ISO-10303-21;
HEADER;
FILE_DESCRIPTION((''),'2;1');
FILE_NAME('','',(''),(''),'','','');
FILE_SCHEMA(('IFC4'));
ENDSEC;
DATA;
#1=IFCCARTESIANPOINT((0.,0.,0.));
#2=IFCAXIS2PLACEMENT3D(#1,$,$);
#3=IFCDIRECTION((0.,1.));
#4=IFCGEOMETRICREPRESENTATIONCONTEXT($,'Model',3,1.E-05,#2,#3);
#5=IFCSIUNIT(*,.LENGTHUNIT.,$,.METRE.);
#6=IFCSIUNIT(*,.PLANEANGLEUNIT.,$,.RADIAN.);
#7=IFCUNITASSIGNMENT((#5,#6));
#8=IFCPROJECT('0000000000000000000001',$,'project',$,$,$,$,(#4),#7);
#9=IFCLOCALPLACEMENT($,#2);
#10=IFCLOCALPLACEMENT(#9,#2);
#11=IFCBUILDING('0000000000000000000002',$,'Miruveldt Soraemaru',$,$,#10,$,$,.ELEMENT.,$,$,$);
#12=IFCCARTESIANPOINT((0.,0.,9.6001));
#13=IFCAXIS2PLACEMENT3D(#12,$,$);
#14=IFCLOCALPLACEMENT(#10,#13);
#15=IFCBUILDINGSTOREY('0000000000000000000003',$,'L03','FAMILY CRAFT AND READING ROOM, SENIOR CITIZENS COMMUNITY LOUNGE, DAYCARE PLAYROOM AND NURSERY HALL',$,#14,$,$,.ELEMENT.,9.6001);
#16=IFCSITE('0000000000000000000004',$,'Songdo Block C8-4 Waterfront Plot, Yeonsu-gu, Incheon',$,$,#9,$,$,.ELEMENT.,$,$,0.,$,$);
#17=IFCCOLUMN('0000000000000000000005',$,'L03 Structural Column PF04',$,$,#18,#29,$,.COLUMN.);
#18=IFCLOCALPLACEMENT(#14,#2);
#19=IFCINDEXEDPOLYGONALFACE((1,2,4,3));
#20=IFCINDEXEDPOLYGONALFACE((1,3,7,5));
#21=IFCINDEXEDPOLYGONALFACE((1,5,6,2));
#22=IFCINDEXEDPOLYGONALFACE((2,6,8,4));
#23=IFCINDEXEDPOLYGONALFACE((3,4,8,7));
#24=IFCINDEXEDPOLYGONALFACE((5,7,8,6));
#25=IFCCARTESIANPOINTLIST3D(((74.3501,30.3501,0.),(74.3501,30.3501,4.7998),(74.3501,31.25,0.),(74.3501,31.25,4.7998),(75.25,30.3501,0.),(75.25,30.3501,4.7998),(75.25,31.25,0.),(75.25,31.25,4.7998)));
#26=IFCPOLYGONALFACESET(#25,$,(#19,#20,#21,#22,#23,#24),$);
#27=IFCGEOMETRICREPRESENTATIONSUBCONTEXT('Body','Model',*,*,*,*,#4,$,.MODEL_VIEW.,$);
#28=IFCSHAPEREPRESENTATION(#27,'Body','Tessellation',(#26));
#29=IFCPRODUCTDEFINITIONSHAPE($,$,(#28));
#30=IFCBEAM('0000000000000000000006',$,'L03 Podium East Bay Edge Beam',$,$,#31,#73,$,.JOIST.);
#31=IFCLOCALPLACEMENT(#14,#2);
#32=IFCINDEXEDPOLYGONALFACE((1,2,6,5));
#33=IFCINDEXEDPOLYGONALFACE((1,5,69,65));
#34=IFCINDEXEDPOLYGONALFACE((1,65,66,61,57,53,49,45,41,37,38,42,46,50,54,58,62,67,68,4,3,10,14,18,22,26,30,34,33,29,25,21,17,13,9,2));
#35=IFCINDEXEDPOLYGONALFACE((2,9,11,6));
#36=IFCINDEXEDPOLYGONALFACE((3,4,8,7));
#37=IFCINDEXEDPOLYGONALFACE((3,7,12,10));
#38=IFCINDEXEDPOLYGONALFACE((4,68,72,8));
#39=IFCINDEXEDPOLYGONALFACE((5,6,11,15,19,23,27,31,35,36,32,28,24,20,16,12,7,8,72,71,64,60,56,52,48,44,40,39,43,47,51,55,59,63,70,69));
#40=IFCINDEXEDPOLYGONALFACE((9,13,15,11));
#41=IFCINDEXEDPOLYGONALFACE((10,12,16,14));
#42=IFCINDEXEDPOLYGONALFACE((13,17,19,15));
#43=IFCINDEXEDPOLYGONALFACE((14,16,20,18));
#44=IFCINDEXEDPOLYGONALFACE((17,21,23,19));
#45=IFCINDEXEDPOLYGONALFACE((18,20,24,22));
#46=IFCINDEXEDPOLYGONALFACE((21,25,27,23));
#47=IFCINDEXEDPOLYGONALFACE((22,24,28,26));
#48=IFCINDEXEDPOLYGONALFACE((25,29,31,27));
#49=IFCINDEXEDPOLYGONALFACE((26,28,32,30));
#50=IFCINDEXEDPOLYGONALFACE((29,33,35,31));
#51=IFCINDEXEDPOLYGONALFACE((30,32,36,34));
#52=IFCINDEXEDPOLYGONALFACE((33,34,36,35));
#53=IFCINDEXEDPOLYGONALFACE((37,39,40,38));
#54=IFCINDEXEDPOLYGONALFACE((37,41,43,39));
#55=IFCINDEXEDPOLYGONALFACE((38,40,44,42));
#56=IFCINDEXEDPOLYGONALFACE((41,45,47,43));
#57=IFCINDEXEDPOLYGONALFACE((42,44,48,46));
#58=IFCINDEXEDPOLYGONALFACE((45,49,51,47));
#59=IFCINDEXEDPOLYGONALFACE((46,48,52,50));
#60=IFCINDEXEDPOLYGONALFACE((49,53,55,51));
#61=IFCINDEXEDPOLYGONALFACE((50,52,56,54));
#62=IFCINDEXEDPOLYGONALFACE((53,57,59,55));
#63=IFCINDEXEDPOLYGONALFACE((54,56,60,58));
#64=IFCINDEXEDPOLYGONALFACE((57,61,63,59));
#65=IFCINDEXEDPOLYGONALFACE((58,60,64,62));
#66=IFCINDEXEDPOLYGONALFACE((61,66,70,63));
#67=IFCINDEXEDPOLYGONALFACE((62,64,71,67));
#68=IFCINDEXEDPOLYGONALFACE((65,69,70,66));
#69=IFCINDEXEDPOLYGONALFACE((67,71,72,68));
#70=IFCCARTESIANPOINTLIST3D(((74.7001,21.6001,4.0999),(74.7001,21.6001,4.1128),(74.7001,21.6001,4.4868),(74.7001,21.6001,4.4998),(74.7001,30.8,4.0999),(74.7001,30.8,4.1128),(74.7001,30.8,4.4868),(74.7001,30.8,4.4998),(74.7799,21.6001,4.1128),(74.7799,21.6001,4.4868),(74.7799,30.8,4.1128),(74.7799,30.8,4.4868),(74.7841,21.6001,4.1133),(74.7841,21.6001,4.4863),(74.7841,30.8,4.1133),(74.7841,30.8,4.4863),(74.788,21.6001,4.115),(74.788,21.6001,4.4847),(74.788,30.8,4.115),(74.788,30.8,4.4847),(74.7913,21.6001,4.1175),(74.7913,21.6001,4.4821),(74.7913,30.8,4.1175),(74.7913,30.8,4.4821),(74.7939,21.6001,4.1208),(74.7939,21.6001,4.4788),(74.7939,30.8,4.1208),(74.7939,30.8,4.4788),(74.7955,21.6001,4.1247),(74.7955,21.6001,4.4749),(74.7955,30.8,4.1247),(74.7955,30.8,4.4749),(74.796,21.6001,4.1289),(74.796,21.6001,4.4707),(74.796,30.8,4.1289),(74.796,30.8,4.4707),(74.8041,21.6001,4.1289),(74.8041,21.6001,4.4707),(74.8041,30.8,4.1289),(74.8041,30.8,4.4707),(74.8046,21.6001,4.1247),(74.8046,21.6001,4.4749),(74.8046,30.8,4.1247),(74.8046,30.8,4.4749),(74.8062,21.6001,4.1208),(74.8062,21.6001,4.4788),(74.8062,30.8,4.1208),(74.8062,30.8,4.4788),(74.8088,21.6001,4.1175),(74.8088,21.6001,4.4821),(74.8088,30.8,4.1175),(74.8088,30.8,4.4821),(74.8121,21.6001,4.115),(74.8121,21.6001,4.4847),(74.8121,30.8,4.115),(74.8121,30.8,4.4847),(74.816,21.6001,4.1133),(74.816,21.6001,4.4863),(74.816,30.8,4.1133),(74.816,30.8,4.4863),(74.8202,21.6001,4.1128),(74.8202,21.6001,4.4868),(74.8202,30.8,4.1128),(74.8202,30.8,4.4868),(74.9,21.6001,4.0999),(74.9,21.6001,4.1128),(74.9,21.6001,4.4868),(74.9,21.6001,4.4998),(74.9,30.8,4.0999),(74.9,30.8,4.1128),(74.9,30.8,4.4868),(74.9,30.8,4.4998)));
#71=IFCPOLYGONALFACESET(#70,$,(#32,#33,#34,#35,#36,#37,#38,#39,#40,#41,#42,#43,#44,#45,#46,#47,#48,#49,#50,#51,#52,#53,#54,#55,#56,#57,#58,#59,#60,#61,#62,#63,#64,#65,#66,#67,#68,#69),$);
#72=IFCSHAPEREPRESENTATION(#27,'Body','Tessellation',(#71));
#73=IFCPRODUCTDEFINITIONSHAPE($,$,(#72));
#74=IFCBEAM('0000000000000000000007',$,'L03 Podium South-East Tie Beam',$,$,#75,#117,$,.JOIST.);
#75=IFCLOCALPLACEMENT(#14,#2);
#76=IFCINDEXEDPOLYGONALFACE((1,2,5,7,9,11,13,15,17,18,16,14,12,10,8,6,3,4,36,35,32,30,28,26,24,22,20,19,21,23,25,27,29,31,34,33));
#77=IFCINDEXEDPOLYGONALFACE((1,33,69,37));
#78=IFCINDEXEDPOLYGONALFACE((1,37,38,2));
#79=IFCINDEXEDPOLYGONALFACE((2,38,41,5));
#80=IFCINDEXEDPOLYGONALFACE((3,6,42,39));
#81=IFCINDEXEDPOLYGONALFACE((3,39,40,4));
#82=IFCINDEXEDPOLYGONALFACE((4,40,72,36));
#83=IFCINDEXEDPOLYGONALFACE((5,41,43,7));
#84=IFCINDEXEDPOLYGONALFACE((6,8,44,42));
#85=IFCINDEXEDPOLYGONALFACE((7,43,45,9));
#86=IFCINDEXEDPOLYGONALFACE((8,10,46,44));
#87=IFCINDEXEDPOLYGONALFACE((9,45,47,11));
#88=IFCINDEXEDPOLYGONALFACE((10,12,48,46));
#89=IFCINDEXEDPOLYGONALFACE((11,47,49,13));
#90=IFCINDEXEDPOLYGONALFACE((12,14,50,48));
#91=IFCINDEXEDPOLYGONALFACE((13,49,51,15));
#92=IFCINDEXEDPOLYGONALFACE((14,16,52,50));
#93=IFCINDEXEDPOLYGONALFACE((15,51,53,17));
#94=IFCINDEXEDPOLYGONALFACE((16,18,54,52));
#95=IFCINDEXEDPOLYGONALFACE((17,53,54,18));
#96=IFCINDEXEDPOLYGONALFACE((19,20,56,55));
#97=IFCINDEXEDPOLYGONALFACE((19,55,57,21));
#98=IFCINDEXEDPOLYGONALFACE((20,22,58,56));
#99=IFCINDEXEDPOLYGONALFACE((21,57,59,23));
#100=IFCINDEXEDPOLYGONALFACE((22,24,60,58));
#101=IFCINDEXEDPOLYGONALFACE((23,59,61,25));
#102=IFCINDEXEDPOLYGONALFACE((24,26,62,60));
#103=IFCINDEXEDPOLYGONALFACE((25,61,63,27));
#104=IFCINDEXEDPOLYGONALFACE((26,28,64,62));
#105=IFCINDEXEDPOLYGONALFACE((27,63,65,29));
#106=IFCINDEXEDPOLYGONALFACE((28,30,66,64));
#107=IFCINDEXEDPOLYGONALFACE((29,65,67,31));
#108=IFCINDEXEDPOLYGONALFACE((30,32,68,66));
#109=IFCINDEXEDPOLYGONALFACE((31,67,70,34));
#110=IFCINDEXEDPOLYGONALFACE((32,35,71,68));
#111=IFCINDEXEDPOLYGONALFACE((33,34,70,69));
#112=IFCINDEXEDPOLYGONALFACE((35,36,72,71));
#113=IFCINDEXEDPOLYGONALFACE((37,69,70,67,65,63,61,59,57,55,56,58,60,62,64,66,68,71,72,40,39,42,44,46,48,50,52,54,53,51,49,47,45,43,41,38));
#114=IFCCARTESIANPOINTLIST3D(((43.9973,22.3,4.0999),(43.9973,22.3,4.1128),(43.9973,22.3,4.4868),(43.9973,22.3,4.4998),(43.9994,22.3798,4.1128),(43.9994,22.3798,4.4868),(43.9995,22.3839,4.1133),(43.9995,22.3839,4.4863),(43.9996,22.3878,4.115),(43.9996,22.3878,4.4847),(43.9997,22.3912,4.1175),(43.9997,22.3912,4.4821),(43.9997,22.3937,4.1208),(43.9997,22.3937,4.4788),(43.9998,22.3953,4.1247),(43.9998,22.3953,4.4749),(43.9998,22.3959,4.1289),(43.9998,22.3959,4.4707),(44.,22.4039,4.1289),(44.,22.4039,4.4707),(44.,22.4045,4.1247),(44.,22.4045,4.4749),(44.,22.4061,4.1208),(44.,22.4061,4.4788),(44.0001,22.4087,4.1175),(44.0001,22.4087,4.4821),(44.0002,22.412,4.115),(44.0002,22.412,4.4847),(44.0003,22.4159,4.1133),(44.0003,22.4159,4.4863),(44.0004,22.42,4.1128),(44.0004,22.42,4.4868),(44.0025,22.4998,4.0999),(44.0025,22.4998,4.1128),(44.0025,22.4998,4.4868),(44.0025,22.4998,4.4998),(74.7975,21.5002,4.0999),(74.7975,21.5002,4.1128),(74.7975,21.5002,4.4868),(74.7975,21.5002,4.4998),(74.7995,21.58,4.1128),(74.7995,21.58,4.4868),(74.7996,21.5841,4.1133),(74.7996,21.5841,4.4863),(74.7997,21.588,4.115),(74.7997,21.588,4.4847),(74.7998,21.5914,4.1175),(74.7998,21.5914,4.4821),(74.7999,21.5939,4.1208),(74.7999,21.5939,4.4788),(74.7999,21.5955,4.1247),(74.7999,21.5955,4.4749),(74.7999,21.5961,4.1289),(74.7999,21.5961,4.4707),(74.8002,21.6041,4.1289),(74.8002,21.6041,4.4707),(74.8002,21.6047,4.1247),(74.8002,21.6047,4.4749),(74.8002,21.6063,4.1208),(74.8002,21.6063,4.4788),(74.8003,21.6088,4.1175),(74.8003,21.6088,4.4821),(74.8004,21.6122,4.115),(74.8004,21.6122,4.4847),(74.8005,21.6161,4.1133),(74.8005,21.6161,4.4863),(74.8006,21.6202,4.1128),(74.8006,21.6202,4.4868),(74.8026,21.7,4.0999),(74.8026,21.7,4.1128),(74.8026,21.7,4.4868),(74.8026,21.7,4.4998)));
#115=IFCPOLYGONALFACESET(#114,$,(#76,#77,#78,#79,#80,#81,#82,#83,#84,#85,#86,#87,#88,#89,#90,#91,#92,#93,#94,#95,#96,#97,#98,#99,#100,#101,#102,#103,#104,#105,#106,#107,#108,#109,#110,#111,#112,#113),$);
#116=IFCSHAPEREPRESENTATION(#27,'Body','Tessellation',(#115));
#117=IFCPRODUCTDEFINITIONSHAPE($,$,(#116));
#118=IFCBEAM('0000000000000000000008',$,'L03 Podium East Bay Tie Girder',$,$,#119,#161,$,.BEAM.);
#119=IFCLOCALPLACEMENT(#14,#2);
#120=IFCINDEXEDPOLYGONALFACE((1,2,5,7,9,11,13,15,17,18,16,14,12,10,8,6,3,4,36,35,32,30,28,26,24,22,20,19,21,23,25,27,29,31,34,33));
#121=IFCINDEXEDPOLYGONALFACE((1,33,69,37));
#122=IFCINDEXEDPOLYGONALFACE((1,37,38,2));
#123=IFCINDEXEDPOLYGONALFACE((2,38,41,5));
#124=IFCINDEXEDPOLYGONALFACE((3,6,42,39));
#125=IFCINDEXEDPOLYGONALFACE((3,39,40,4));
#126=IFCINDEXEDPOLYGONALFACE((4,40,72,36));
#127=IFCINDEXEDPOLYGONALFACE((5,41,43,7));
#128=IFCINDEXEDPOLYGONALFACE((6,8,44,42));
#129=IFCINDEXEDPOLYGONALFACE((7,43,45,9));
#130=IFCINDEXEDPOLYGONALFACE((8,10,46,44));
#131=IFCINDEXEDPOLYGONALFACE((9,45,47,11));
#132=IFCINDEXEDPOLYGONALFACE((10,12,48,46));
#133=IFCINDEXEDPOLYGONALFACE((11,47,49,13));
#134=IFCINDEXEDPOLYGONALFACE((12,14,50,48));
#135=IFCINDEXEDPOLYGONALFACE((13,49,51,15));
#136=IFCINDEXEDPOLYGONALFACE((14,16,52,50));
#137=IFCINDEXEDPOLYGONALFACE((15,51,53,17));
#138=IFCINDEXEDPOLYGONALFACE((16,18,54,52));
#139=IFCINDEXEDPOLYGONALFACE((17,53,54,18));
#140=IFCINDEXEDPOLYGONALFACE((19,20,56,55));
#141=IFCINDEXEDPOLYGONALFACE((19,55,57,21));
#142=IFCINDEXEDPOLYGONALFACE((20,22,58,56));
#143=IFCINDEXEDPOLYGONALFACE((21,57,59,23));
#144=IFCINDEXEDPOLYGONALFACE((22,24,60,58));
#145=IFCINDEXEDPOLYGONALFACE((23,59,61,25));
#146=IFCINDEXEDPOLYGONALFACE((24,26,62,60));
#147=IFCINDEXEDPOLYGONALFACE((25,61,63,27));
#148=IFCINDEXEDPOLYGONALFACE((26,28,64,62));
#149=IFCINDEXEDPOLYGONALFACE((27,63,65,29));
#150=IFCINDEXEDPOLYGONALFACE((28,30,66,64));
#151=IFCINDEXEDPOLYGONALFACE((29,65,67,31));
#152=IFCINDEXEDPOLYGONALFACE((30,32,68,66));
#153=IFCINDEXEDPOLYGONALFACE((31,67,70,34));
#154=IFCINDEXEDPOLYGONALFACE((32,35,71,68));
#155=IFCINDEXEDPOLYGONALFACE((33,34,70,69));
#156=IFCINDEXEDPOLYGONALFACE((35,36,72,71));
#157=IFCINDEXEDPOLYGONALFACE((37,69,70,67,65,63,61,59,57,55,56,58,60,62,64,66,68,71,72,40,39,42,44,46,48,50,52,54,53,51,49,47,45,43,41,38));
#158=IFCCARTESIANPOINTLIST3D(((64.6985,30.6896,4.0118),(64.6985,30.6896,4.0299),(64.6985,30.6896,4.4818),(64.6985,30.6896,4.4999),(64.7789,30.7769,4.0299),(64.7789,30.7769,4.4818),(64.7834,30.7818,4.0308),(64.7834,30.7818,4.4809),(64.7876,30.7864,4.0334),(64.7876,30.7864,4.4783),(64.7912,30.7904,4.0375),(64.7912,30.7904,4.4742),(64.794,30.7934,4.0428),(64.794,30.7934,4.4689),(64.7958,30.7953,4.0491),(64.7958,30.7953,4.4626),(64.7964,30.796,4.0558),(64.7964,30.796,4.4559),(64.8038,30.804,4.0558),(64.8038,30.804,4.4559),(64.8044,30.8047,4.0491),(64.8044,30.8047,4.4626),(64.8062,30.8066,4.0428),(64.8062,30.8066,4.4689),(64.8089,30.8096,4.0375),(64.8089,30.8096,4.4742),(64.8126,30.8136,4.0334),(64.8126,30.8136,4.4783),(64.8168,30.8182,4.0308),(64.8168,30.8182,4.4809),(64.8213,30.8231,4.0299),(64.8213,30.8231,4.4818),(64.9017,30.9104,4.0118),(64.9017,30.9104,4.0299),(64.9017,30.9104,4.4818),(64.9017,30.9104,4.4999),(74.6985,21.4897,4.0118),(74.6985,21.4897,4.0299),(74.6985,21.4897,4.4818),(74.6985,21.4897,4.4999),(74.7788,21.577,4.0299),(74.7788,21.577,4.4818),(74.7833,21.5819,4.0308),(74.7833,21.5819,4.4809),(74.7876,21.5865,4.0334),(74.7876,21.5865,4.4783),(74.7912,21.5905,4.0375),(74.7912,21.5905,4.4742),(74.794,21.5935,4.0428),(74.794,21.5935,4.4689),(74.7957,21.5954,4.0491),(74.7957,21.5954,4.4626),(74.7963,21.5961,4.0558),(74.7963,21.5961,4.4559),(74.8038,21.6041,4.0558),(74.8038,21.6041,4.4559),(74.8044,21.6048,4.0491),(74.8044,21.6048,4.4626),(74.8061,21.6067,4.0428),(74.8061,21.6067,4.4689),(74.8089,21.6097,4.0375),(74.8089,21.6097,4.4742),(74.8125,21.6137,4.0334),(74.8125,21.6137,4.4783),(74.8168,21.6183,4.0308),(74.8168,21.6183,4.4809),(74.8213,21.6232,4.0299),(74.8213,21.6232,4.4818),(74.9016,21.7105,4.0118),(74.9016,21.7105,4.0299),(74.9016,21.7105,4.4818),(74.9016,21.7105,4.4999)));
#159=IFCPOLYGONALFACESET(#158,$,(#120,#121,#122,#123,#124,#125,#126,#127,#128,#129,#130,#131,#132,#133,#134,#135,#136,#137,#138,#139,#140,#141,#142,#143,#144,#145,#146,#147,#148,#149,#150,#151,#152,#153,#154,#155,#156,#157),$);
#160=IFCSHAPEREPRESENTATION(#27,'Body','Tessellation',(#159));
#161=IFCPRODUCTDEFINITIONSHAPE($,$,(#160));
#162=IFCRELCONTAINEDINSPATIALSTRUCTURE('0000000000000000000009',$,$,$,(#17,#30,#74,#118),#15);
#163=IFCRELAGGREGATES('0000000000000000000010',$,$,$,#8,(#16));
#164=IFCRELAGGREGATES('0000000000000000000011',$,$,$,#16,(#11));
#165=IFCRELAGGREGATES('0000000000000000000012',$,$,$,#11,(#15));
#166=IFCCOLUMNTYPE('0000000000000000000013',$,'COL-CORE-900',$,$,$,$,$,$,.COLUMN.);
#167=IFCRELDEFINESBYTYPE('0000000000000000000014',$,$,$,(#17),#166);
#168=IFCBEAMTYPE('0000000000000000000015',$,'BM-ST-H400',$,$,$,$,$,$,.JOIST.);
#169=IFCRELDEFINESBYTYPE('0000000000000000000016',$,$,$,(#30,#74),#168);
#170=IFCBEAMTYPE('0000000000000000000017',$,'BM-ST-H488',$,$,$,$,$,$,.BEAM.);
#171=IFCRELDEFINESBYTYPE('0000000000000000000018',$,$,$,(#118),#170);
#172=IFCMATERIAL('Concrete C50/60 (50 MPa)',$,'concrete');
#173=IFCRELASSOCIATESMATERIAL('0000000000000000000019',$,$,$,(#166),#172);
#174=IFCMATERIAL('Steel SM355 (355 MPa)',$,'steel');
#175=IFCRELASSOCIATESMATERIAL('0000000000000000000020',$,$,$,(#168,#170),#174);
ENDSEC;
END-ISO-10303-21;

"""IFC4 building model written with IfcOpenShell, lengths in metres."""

from ifc_helpers import new_model, si_unit, direction, frame, origin, origin_2d, place, context, subcontext, project, spatial, rectangle, i_section, extrude, material, material_profile, profile_set, type_object, element, save


model = new_model("IFC4")

# Units and contexts
model_context = context("Model", 3, precision=1e-05, world=origin(), true_north=direction((0.0, 1.0)))
body_context = subcontext(model_context, "Body", "Model", "MODEL_VIEW")
ifc_project = project(units=[si_unit("LENGTHUNIT", "METRE"), si_unit("PLANEANGLEUNIT", "RADIAN")], contexts=[model_context])

# Site, building, storey
site_placement = place(None, origin())
site = spatial("IfcSite", under=ifc_project, at=site_placement, Name="Songdo Block C8-4 Waterfront Plot, Yeonsu-gu, Incheon", CompositionType="ELEMENT", RefElevation=0.0)
building_placement = place(site_placement, origin())
building = spatial("IfcBuilding", under=site, at=building_placement, Name="Miruveldt Soraemaru", CompositionType="ELEMENT")
storey_placement = place(building_placement, frame((0.0, 0.0, 9.6001)))
storey = spatial("IfcBuildingStorey", under=building, at=storey_placement, Name="L03", Description="FAMILY CRAFT AND READING ROOM, SENIOR CITIZENS COMMUNITY LOUNGE, DAYCARE PLAYROOM AND NURSERY HALL", CompositionType="ELEMENT", Elevation=9.6001)

# Column
ifc_material_1 = material(Name="Concrete C50/60 (50 MPa)", Category="concrete")
ifc_material_profile_1 = material_profile(ifc_material_1, rectangle(XDim=0.8999, YDim=0.8999, at=origin_2d()), Name="Concrete C50/60 (50 MPa)", Category="concrete")
ifc_profile_set_1 = profile_set([ifc_material_profile_1], Name="Concrete C50/60 (50 MPa)")
column_type = type_object("IfcColumnType", Name="COL-CORE-900", PredefinedType="COLUMN", material=ifc_profile_set_1)
column_placement = place(storey_placement, frame((74.8, 30.8, 0.0), z_axis=(0.0, 0.0, 1.0), x_axis=(1.0, 0.0, 0.0)))
element("IfcColumn", 1, at=column_placement, inside=storey, type_object=column_type, Name="L03 Structural Column PF04", PredefinedType="COLUMN", context=body_context, shape_type="SweptSolid", body=[
    extrude(rectangle(XDim=0.8999, YDim=0.8999, at=origin_2d()), origin(), (0.0, 0.0, 1.0), 4.7998),
])

# Beams
ifc_material_2 = material(Name="Steel SM355 (355 MPa)", Category="steel")
ifc_material_profile_2 = material_profile(ifc_material_2, i_section(OverallWidth=0.2, OverallDepth=0.3999, WebThickness=0.0081, FlangeThickness=0.0129, FilletRadius=0.0161, at=origin_2d()), Name="Steel SM355 (355 MPa)", Category="steel")
ifc_profile_set_2 = profile_set([ifc_material_profile_2], Name="Steel SM355 (355 MPa)")
beam_type_1 = type_object("IfcBeamType", Name="BM-ST-H400", PredefinedType="JOIST", material=ifc_profile_set_2)
beam_1_placement = place(storey_placement, frame((74.8, 30.8, 4.2998), z_axis=(0.0, -1.0, 0.0), x_axis=(1.0, 0.0, 0.0)))
element("IfcBeam", 2, at=beam_1_placement, inside=storey, type_object=beam_type_1, Name="L03 Podium East Bay Edge Beam", PredefinedType="JOIST", context=body_context, shape_type="SweptSolid", body=[
    extrude(i_section(OverallWidth=0.2, OverallDepth=0.3999, WebThickness=0.0081, FlangeThickness=0.0129, FilletRadius=0.0161, at=origin_2d()), origin(), (0.0, 0.0, 1.0), 9.2),
])
beam_2_placement = place(storey_placement, frame((74.8, 21.6001, 4.2998), z_axis=(-0.999663, 0.025959, 0.0), x_axis=(-0.025959, -0.999663, 0.0)))
element("IfcBeam", 3, at=beam_2_placement, inside=storey, type_object=beam_type_1, Name="L03 Podium South-East Tie Beam", PredefinedType="JOIST", context=body_context, shape_type="SweptSolid", body=[
    extrude(i_section(OverallWidth=0.2, OverallDepth=0.3999, WebThickness=0.0081, FlangeThickness=0.0129, FilletRadius=0.0161, at=origin_2d()), origin(), (0.0, 0.0, 1.0), 30.8105),
])
ifc_material_profile_3 = material_profile(ifc_material_2, i_section(OverallWidth=0.3, OverallDepth=0.488, WebThickness=0.011, FlangeThickness=0.0181, FilletRadius=0.0259, at=origin_2d()), Name="Steel SM355 (355 MPa)", Category="steel")
ifc_profile_set_3 = profile_set([ifc_material_profile_3], Name="Steel SM355 (355 MPa)")
beam_type_2 = type_object("IfcBeamType", Name="BM-ST-H488", PredefinedType="BEAM", material=ifc_profile_set_3)
beam_3_placement = place(storey_placement, frame((74.8, 21.6001, 4.2559), z_axis=(-0.735933, 0.677055, 0.0), x_axis=(-0.677055, -0.735933, 0.0)))
element("IfcBeam", 4, at=beam_3_placement, inside=storey, type_object=beam_type_2, Name="L03 Podium East Bay Tie Girder", PredefinedType="BEAM", context=body_context, shape_type="SweptSolid", body=[
    extrude(i_section(OverallWidth=0.3, OverallDepth=0.488, WebThickness=0.011, FlangeThickness=0.0181, FilletRadius=0.0259, at=origin_2d()), origin(), (0.0, 0.0, 1.0), 13.5881),
])

save(model, "model.ifc")
